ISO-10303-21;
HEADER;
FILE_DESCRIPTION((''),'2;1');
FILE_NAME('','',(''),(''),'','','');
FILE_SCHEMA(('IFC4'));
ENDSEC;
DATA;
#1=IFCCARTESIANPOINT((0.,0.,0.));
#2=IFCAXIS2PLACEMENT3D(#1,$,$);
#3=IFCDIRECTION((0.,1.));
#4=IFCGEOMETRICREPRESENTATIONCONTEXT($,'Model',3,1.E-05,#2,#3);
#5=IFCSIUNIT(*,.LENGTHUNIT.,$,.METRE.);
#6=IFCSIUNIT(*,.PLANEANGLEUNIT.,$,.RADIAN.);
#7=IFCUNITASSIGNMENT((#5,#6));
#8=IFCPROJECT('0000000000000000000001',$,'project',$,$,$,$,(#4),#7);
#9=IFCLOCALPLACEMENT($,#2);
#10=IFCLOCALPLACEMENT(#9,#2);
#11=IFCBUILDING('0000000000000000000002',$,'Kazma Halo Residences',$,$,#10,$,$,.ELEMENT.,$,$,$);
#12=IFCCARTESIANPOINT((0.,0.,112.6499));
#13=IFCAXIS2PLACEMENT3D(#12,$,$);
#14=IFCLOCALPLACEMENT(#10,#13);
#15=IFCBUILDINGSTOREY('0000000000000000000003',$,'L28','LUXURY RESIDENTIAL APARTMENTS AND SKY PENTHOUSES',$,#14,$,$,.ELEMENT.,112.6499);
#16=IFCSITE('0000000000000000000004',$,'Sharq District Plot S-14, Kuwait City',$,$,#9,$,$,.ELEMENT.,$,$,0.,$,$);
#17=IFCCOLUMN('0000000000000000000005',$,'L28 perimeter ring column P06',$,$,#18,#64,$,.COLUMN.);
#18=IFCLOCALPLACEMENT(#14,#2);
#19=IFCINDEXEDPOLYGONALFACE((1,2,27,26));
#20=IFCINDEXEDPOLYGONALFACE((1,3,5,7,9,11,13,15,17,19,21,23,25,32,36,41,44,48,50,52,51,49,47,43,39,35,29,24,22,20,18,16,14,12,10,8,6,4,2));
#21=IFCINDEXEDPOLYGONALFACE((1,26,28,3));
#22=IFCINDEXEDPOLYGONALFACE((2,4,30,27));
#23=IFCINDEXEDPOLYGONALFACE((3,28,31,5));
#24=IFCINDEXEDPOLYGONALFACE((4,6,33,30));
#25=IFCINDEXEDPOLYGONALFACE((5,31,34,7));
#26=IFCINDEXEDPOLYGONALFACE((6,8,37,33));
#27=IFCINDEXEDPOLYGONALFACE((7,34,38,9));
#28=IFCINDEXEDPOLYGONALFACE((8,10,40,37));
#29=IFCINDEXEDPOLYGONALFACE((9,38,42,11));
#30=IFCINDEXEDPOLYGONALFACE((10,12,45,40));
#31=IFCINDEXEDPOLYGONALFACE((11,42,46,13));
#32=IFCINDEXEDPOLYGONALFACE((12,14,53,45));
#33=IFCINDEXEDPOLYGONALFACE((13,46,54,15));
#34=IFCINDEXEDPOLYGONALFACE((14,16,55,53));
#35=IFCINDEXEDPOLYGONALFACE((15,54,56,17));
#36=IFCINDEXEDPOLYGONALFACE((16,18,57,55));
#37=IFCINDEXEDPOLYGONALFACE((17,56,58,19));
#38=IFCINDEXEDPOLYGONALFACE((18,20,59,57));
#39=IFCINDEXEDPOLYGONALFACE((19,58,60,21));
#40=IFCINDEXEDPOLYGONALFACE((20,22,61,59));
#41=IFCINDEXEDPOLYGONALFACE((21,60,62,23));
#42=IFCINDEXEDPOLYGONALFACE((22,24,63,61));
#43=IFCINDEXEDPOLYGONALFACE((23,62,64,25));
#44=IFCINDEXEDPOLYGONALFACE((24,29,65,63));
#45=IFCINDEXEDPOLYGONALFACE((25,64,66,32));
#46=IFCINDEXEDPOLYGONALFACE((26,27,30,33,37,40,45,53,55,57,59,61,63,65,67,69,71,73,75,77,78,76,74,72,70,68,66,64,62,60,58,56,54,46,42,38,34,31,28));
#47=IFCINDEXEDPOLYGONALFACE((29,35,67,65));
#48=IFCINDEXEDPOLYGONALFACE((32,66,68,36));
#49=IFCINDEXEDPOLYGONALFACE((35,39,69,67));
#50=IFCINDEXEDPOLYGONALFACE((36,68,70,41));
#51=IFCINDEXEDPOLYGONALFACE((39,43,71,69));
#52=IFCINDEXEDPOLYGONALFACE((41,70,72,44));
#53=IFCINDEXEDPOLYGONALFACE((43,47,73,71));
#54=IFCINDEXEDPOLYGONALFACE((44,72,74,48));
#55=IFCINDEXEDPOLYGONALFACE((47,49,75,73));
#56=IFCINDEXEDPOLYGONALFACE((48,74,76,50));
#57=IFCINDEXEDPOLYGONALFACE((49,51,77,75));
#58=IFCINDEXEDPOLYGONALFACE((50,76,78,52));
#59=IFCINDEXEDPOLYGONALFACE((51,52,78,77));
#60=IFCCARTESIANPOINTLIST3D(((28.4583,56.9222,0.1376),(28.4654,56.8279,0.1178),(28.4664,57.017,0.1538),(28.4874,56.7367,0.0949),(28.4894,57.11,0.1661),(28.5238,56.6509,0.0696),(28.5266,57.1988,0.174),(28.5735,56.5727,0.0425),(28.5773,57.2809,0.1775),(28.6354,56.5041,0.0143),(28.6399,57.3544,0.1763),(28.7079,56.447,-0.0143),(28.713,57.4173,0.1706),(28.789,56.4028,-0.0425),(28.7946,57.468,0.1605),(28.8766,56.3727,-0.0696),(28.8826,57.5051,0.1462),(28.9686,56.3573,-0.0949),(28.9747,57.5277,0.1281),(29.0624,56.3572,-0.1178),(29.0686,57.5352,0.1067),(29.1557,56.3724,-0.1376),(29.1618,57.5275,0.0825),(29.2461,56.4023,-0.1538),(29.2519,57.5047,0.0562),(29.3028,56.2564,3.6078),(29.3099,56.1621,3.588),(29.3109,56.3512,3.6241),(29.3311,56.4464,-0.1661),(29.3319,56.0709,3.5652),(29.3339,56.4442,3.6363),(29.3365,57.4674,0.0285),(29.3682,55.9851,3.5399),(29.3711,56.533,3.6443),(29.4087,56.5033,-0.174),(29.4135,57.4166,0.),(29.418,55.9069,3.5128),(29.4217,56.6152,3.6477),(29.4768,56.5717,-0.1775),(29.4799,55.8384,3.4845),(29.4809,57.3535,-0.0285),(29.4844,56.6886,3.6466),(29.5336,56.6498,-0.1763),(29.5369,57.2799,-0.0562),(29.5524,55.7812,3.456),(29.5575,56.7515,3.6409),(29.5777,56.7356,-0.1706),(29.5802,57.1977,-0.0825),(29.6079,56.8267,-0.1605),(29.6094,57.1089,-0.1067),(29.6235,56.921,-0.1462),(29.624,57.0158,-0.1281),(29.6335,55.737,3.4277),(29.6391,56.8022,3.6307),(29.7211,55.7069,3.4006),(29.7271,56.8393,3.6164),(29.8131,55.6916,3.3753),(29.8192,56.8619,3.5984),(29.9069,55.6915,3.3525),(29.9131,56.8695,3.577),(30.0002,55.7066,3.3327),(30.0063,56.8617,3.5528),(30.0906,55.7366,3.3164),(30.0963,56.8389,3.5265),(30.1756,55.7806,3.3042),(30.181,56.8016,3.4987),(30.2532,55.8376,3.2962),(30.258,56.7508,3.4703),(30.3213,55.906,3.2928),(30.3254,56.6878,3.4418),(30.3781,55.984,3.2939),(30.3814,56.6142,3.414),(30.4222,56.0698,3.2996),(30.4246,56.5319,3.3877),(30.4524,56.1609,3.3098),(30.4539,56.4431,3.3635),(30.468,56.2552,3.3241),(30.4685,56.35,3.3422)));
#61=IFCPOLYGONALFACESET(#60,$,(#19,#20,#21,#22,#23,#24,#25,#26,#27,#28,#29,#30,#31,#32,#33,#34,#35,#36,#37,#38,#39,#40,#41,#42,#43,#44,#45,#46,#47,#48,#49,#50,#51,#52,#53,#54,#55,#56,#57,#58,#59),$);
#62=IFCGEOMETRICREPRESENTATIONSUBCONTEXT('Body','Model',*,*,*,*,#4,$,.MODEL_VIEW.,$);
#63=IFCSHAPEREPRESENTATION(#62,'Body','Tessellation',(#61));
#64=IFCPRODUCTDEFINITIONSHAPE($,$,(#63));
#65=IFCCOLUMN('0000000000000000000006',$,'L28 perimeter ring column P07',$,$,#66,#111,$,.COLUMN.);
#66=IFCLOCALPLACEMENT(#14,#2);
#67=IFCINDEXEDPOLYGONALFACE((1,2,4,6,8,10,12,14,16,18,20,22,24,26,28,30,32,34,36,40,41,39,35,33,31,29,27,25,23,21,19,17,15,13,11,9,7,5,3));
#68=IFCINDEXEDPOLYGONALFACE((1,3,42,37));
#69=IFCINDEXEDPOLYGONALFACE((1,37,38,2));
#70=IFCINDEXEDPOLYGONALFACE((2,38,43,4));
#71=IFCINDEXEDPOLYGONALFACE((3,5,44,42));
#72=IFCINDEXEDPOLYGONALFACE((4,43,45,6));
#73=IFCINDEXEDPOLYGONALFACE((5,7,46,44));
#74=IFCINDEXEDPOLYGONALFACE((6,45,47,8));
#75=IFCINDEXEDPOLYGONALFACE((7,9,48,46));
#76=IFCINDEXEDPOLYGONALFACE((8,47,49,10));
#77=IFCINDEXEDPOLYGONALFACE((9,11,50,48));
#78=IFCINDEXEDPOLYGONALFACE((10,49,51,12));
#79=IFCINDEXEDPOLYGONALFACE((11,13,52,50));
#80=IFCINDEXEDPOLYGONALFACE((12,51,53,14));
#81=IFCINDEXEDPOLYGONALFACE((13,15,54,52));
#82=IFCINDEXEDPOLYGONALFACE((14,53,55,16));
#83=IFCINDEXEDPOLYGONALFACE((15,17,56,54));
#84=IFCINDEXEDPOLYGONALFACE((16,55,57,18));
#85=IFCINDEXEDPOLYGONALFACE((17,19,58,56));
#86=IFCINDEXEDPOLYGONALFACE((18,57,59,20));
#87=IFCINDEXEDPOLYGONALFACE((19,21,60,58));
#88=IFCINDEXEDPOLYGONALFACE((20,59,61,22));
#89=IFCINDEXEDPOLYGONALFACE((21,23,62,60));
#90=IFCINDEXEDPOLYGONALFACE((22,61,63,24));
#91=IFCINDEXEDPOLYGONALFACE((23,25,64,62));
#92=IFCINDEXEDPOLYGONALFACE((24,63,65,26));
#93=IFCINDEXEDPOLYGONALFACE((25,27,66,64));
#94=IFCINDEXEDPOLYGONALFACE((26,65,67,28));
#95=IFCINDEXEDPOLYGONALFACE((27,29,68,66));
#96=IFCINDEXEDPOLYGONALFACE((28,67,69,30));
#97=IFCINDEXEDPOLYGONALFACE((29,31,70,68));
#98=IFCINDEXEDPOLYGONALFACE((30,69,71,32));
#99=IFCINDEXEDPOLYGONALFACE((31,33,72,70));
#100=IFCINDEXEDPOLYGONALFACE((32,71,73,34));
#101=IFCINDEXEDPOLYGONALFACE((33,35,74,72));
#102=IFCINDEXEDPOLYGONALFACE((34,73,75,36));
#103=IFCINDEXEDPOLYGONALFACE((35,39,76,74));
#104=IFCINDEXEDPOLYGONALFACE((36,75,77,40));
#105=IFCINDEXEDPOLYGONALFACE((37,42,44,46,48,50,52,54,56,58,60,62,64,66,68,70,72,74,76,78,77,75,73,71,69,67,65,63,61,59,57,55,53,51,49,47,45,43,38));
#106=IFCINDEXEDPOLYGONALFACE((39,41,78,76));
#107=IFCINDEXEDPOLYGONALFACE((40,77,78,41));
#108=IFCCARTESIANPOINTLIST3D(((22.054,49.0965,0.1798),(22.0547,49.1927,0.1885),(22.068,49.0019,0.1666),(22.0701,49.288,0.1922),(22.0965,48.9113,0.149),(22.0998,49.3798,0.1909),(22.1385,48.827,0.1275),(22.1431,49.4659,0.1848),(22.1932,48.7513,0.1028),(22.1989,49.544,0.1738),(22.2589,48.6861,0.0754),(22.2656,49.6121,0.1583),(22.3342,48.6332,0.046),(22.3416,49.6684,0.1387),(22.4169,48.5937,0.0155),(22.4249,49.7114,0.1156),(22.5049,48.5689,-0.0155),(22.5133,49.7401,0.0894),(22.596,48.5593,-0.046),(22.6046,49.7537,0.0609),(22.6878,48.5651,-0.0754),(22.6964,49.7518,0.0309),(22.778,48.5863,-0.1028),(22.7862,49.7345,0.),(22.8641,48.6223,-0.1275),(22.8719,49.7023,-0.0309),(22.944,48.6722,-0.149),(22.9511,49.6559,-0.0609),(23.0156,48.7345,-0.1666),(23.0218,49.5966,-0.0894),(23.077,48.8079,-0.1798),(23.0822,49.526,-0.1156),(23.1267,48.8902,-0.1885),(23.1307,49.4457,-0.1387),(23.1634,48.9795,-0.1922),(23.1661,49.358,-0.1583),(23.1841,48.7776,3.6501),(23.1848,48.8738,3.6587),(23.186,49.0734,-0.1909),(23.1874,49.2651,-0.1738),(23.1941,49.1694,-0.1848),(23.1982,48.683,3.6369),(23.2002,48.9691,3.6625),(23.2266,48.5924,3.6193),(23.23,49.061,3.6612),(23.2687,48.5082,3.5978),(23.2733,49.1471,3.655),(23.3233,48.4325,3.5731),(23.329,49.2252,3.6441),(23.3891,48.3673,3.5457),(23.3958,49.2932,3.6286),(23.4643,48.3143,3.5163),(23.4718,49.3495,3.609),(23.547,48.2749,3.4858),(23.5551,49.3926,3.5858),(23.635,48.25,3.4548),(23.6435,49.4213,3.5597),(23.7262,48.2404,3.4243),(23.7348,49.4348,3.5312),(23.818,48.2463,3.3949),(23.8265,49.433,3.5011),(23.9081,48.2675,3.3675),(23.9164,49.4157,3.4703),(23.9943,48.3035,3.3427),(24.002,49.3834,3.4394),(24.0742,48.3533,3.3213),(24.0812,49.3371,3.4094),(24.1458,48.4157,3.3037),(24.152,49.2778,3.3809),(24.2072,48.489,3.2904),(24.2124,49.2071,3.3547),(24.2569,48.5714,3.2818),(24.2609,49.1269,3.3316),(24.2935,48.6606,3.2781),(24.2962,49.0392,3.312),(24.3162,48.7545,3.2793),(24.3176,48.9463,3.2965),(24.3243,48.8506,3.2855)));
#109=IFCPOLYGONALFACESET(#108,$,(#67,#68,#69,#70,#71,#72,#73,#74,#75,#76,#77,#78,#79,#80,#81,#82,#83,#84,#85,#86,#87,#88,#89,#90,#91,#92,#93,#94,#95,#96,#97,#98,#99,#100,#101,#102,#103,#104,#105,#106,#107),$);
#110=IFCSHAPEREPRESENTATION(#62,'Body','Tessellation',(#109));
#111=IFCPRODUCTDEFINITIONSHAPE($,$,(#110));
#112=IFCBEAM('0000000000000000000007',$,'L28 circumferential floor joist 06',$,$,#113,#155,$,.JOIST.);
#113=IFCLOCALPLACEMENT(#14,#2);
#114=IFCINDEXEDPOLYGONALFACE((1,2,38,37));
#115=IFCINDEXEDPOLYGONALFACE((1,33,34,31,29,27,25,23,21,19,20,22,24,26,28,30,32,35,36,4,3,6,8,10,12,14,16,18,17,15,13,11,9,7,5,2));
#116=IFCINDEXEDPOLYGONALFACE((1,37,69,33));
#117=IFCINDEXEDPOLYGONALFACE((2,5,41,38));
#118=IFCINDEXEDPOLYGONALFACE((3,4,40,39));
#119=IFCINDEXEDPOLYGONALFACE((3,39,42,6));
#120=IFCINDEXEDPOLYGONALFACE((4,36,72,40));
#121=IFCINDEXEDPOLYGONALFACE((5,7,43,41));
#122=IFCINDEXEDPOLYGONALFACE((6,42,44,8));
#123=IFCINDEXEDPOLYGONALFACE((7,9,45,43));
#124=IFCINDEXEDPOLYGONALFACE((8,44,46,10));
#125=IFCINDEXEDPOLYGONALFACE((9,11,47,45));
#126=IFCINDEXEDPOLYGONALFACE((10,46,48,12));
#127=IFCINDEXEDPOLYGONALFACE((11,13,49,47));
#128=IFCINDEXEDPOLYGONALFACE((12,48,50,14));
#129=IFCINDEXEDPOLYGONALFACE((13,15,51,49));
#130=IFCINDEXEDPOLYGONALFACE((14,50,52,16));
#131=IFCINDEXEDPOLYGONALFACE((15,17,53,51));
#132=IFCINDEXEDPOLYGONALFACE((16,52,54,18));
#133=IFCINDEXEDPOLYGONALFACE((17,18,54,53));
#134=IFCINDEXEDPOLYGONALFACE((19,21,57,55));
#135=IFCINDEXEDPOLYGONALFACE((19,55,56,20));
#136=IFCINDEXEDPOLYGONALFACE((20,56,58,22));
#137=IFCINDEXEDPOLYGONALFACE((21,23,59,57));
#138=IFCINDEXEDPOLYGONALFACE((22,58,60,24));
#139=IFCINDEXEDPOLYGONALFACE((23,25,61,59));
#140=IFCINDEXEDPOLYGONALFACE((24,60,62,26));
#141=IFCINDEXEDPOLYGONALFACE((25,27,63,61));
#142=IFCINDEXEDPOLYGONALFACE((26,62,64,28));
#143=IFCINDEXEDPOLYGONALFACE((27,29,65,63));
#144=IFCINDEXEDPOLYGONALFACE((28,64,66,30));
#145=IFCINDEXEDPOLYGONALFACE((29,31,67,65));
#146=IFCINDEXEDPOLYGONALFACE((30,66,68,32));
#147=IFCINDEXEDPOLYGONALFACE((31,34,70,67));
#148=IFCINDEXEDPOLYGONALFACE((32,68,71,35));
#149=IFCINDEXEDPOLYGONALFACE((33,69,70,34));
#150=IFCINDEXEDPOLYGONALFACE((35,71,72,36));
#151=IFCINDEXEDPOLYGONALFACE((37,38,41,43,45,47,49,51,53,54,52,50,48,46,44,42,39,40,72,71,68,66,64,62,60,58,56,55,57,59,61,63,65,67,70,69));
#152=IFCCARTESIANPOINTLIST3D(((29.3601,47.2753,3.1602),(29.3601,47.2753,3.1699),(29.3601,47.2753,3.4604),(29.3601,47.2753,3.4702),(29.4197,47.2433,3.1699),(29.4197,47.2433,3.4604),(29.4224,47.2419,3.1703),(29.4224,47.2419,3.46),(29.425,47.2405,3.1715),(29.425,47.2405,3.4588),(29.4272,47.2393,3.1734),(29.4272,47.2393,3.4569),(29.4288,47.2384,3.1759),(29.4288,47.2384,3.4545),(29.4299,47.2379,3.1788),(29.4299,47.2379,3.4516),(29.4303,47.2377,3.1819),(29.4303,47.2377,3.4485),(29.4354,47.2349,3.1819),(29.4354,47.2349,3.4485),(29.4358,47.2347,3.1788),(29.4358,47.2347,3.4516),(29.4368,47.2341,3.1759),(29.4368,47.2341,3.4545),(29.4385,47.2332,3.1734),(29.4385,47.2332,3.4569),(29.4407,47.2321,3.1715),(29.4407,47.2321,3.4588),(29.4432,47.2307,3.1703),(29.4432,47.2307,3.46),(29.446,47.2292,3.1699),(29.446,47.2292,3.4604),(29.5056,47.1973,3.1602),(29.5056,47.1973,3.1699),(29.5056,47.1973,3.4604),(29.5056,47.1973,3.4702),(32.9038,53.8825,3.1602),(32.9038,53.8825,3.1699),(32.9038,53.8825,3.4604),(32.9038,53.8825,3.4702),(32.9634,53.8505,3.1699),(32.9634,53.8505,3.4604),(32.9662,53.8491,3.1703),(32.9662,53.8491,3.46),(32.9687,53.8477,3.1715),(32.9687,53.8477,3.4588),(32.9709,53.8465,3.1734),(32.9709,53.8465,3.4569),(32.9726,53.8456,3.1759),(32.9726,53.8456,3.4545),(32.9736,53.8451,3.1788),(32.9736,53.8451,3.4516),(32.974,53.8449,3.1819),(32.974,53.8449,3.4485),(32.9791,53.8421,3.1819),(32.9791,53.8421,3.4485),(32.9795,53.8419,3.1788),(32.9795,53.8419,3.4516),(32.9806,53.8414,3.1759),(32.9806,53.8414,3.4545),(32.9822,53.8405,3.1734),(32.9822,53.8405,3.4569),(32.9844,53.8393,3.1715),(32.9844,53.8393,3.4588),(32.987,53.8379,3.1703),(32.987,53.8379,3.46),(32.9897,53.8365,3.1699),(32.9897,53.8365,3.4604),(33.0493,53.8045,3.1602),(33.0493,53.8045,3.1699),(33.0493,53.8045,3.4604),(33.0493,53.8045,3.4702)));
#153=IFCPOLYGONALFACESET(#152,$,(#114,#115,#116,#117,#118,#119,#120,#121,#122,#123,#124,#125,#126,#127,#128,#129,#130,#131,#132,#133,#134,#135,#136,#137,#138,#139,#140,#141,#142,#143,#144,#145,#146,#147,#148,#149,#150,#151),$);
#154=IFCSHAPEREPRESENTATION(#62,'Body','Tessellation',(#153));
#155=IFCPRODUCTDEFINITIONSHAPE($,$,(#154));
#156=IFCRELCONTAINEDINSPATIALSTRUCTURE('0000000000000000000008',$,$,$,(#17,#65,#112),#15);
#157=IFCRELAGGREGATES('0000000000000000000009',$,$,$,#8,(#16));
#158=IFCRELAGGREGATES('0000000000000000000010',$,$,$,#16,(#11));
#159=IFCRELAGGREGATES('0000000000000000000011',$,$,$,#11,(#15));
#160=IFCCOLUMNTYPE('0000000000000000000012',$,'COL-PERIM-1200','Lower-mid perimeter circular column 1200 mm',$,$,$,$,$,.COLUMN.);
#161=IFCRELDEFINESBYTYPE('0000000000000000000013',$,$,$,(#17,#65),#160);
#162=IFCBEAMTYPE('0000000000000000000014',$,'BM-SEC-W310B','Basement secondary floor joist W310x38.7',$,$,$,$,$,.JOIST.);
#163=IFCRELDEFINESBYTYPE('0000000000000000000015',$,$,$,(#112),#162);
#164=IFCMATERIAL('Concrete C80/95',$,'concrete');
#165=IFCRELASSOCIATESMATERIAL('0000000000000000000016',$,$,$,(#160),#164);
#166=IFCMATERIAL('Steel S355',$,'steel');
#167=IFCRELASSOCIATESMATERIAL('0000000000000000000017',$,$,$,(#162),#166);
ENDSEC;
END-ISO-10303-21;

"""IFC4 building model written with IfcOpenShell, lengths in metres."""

from ifc_helpers import new_model, si_unit, direction, frame, origin, origin_2d, place, context, subcontext, project, spatial, circle, i_section, extrude, material, material_profile, profile_set, type_object, element, save


model = new_model("IFC4")

# Units and contexts
model_context = context("Model", 3, precision=1e-05, world=origin(), true_north=direction((0.0, 1.0)))
body_context = subcontext(model_context, "Body", "Model", "MODEL_VIEW")
ifc_project = project(units=[si_unit("LENGTHUNIT", "METRE"), si_unit("PLANEANGLEUNIT", "RADIAN")], contexts=[model_context])

# Site, building, storey
site_placement = place(None, origin())
site = spatial("IfcSite", under=ifc_project, at=site_placement, Name="Sharq District Plot S-14, Kuwait City", CompositionType="ELEMENT", RefElevation=0.0)
building_placement = place(site_placement, origin())
building = spatial("IfcBuilding", under=site, at=building_placement, Name="Kazma Halo Residences", CompositionType="ELEMENT")
storey_placement = place(building_placement, frame((0.0, 0.0, 112.6499)))
storey = spatial("IfcBuildingStorey", under=building, at=storey_placement, Name="L28", Description="LUXURY RESIDENTIAL APARTMENTS AND SKY PENTHOUSES", CompositionType="ELEMENT", Elevation=112.6499)

# Columns
ifc_material_1 = material(Name="Concrete C80/95", Category="concrete")
ifc_material_profile_1 = material_profile(ifc_material_1, circle(Radius=0.6001, at=origin_2d()), Name="CIRC1200")
ifc_profile_set_1 = profile_set([ifc_material_profile_1], Name="Concrete C80/95")
column_type = type_object("IfcColumnType", Name="COL-PERIM-1200", Description="Lower-mid perimeter circular column 1200 mm", PredefinedType="COLUMN", material=ifc_profile_set_1)
column_1_placement = place(storey_placement, frame((29.042, 56.9453, 0.0), z_axis=(0.232447, -0.183256, 0.955189), x_axis=(0.619114, 0.785301, 0.0)))
element("IfcColumn", 1, at=column_1_placement, inside=storey, type_object=column_type, Name="L28 perimeter ring column P06", PredefinedType="COLUMN", context=body_context, shape_type="SweptSolid", body=[
    extrude(circle(Radius=0.6001, at=origin_2d()), origin(), (0.0, 0.0, 1.0), 3.6331),
])
column_2_placement = place(storey_placement, frame((22.6233, 49.157, 0.0), z_axis=(0.308483, -0.087034, 0.94724), x_axis=(0.271534, 0.962429, 0.0)))
element("IfcColumn", 2, at=column_2_placement, inside=storey, type_object=column_type, Name="L28 perimeter ring column P07", PredefinedType="COLUMN", context=body_context, shape_type="SweptSolid", body=[
    extrude(circle(Radius=0.6001, at=origin_2d()), origin(), (0.0, 0.0, 1.0), 3.6636),
])

# Beam
ifc_material_2 = material(Name="Steel S355", Category="steel")
ifc_material_profile_2 = material_profile(ifc_material_2, i_section(OverallWidth=0.165, OverallDepth=0.3101, WebThickness=0.0059, FlangeThickness=0.0098, FilletRadius=0.012, at=origin_2d()), Name="W310x38.7")
ifc_profile_set_2 = profile_set([ifc_material_profile_2], Name="Steel S355")
beam_type_1 = type_object("IfcBeamType", Name="BM-SEC-W310B", Description="Basement secondary floor joist W310x38.7", PredefinedType="JOIST", material=ifc_profile_set_2)
beam_1_placement = place(storey_placement, frame((32.9766, 53.8435, 3.3152), z_axis=(-0.472651, -0.88125, 0.0), x_axis=(0.88125, -0.472651, 0.0)))
element("IfcBeam", 3, at=beam_1_placement, inside=storey, type_object=beam_type_1, Name="L28 circumferential floor joist 06", PredefinedType="JOIST", context=body_context, shape_type="SweptSolid", body=[
    extrude(i_section(OverallWidth=0.165, OverallDepth=0.3101, WebThickness=0.0059, FlangeThickness=0.0098, FilletRadius=0.012, at=origin_2d()), origin(), (0.0, 0.0, 1.0), 7.4976),
])

save(model, "model.ifc")
